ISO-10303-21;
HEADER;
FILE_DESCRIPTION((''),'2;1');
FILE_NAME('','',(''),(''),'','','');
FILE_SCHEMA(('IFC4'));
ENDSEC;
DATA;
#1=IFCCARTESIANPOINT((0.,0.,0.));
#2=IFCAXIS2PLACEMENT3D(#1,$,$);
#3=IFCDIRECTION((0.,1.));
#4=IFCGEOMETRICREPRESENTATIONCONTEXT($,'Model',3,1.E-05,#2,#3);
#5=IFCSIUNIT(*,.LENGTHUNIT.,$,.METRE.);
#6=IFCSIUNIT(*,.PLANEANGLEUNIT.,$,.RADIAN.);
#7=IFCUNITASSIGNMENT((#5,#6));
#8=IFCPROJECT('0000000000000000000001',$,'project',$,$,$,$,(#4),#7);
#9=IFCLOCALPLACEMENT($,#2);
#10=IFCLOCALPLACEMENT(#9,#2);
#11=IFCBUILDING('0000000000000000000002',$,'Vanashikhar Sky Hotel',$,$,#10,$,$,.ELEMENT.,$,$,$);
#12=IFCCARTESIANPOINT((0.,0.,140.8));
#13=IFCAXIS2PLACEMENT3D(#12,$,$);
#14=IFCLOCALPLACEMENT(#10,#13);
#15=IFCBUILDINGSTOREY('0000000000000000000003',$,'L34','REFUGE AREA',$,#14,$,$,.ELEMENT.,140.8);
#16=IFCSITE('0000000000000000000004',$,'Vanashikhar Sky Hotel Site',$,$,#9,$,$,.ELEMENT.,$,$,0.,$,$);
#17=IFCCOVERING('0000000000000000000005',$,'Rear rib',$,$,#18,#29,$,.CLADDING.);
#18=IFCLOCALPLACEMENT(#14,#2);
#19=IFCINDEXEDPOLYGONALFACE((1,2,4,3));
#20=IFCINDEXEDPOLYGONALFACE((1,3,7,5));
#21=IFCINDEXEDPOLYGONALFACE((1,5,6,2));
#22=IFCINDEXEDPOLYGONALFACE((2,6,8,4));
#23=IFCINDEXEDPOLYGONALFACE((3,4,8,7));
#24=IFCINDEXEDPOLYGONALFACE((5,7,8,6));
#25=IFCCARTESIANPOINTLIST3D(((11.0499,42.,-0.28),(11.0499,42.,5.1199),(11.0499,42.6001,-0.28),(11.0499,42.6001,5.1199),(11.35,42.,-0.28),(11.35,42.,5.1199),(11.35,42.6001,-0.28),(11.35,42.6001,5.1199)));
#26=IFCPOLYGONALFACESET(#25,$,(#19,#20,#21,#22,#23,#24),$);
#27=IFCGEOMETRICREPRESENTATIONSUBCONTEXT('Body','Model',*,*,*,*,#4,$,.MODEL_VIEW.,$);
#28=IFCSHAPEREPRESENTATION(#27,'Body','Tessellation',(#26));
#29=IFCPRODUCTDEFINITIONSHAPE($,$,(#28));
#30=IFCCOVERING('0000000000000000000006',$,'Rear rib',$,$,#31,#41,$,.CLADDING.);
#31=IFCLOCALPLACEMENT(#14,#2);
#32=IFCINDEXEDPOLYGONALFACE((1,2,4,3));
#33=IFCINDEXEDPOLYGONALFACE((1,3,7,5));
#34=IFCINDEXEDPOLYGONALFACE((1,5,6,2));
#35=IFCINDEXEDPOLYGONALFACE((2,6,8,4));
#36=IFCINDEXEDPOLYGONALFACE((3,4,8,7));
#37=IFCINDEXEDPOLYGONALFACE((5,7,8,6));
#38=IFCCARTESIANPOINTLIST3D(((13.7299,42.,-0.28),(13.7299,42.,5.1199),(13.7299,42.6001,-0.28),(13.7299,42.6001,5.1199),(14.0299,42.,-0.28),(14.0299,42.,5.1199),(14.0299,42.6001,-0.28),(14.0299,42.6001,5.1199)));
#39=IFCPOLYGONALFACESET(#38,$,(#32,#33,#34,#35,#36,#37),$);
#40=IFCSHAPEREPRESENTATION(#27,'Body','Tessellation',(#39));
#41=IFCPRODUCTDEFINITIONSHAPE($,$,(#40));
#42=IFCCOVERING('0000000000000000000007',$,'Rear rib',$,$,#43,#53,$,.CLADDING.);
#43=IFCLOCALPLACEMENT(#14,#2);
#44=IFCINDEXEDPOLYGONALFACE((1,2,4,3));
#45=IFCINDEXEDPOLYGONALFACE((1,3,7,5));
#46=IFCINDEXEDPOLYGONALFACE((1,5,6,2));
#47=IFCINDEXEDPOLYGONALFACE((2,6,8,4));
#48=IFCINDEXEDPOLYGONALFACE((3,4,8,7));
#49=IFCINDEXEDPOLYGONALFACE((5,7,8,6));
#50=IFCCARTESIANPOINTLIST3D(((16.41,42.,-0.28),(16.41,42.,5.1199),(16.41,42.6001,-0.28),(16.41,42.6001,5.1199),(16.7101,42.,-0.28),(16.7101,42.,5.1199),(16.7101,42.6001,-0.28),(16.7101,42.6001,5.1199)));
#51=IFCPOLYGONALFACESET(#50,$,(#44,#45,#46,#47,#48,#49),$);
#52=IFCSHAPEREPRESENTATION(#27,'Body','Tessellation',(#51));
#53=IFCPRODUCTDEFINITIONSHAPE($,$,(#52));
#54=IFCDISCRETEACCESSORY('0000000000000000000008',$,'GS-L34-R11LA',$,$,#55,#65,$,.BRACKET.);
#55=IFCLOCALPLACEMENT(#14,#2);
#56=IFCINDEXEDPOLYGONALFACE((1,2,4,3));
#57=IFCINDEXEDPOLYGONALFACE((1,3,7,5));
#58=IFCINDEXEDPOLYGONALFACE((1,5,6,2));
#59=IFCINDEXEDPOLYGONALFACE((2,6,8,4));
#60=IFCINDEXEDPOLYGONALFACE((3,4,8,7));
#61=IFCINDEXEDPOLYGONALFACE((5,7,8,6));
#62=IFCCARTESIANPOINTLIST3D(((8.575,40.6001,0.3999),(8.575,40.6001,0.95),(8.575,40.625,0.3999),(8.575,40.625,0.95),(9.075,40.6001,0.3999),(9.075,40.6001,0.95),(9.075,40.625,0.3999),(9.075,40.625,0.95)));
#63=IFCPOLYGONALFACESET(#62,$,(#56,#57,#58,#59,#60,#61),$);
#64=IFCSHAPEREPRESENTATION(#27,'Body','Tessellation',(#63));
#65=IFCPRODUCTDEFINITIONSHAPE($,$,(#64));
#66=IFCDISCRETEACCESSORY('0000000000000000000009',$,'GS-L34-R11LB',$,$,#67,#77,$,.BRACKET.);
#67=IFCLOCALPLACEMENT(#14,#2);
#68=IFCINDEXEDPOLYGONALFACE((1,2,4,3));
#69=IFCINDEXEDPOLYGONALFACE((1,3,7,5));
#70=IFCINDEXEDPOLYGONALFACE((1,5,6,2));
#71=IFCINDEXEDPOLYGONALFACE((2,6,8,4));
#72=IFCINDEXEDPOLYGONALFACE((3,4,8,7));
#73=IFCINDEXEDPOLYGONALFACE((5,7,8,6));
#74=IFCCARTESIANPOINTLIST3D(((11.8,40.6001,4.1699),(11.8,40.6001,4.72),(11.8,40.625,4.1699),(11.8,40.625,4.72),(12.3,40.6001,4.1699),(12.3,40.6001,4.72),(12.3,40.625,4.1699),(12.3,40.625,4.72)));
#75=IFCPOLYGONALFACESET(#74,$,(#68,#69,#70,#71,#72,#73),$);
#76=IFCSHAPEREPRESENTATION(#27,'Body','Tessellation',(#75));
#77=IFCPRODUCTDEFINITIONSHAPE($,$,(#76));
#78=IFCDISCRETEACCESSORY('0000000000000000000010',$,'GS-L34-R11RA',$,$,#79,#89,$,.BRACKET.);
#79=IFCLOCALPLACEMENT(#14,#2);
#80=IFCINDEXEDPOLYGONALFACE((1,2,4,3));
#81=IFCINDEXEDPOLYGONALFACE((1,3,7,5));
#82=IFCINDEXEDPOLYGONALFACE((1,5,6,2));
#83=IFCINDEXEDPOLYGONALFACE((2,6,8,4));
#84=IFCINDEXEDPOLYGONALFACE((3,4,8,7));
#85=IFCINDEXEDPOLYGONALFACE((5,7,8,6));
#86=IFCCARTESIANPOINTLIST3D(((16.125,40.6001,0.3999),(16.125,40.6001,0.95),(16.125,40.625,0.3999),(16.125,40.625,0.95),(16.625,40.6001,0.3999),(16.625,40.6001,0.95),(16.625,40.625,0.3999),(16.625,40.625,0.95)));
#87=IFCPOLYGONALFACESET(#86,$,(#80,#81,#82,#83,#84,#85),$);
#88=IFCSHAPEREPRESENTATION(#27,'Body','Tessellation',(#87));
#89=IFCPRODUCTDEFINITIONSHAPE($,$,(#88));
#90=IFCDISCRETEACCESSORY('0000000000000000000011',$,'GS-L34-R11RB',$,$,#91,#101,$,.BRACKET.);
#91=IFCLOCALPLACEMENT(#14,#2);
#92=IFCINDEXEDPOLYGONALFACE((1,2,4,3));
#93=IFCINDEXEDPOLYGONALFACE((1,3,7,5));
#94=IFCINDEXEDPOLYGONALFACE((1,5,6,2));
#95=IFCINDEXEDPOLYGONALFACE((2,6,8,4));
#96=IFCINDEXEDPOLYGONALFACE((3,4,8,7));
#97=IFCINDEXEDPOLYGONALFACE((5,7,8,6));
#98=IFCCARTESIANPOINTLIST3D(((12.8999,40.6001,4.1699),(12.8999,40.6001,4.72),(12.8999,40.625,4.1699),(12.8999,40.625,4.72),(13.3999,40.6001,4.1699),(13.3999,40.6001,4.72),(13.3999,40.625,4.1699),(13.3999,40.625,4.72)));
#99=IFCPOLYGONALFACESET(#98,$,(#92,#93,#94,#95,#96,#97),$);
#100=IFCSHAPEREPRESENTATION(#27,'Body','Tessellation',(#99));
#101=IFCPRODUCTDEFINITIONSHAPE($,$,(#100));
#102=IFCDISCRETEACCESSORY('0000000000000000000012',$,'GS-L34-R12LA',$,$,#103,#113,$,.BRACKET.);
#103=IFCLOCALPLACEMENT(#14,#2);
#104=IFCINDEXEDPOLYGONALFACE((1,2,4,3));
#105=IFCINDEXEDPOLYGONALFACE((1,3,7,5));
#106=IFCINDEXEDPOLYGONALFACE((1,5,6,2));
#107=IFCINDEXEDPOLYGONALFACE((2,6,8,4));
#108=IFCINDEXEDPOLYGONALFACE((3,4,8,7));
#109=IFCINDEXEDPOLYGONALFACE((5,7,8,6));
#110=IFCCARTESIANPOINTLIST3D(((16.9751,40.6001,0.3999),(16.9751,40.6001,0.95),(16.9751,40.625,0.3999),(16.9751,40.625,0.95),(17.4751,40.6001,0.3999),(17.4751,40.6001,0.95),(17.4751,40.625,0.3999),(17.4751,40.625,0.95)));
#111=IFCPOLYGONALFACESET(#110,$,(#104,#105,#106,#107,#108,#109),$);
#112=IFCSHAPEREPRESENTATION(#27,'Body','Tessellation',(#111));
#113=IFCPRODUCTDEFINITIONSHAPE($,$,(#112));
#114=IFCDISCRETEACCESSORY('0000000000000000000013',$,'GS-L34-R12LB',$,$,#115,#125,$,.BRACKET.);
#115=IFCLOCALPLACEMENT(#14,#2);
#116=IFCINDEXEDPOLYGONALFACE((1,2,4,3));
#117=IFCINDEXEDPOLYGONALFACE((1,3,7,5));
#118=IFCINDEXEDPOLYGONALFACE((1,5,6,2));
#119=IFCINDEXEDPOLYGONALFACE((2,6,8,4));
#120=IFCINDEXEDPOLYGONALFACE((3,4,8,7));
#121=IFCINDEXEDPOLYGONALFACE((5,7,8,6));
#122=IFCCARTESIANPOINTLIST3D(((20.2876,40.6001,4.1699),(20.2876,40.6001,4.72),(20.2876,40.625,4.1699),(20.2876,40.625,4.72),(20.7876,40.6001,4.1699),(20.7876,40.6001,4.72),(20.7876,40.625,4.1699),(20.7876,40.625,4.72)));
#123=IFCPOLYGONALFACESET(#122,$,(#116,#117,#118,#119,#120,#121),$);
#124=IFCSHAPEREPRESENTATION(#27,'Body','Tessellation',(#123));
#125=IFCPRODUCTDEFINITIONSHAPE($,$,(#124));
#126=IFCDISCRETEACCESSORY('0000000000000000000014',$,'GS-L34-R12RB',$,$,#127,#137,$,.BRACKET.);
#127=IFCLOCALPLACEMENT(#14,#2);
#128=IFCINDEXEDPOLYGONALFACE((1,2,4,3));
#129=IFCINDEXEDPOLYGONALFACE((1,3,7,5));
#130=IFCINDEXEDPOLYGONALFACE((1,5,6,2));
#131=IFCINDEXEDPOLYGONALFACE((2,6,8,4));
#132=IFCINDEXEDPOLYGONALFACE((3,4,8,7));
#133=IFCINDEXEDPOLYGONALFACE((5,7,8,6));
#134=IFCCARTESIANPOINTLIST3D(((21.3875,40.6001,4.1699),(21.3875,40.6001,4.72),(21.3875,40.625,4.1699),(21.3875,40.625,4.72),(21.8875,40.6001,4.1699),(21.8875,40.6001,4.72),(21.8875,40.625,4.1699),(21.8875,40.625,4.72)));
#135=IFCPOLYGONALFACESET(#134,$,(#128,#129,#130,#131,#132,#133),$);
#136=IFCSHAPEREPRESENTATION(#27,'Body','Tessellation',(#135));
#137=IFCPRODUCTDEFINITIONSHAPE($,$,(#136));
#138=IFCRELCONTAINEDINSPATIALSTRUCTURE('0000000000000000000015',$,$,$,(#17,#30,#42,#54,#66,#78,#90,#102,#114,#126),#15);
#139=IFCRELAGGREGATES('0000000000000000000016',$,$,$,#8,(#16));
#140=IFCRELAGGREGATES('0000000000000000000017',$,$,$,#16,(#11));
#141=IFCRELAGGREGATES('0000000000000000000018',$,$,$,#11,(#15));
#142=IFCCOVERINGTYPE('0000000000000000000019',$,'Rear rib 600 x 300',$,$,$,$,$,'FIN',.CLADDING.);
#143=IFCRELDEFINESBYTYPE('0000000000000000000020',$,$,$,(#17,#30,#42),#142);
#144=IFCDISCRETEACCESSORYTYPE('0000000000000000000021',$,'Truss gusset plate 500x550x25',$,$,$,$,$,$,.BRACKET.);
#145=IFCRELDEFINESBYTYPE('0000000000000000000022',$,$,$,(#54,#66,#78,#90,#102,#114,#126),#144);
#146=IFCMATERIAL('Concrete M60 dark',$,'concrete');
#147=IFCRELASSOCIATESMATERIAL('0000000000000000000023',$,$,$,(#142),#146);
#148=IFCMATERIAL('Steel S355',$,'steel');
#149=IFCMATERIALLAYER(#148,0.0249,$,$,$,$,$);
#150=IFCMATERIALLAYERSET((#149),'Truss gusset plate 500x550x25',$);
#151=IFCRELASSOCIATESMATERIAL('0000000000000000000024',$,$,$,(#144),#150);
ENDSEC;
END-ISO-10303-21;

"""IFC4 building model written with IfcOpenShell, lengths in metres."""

from ifc_helpers import new_model, si_unit, direction, frame, origin, origin_2d, place, context, subcontext, project, spatial, rectangle, extrude, source, transform, mapped, material, layer, layer_set, material_profile, profile_set, type_object, element, save


model = new_model("IFC4")

# Units and contexts
model_context = context("Model", 3, precision=1e-05, world=origin(), true_north=direction((0.0, 1.0)))
body_context = subcontext(model_context, "Body", "Model", "MODEL_VIEW")
ifc_project = project(units=[si_unit("LENGTHUNIT", "METRE"), si_unit("PLANEANGLEUNIT", "RADIAN")], contexts=[model_context])

# Site, building, storey
site_placement = place(None, origin())
site = spatial("IfcSite", under=ifc_project, at=site_placement, Name="Vanashikhar Sky Hotel Site", CompositionType="ELEMENT", RefElevation=0.0)
building_placement = place(site_placement, origin())
building = spatial("IfcBuilding", under=site, at=building_placement, Name="Vanashikhar Sky Hotel", CompositionType="ELEMENT")
storey_placement = place(building_placement, frame((0.0, 0.0, 140.8)))
storey = spatial("IfcBuildingStorey", under=building, at=storey_placement, Name="L34", Description="REFUGE AREA", CompositionType="ELEMENT", Elevation=140.8)

# Shared definitions
ifc_material_1 = material(Name="Steel S355", Category="steel")

# Coverings
ifc_material_2 = material(Name="Concrete M60 dark", Category="concrete")
ifc_material_profile_1 = material_profile(ifc_material_2, rectangle(XDim=0.6001, YDim=0.3, at=origin_2d()))
ifc_profile_set_1 = profile_set([ifc_material_profile_1], Name="Rear rib 600 x 300")
covering_type_1 = type_object("IfcCoveringType", Name="Rear rib 600 x 300", ElementType="FIN", PredefinedType="CLADDING", material=ifc_profile_set_1)
shared_shape_1 = source(origin(), body_context, "Body", "SweptSolid", [
    extrude(rectangle(XDim=0.6001, YDim=0.3, at=origin_2d()), origin(), (0.0, 0.0, 1.0), 5.3999),
])
for number, where, z_axis, x_axis, name in (
    (1, (11.2, 42.3, -0.28), (0.0, 0.0, 1.0), (0.0, 1.0, 0.0), "Rear rib"),
    (2, (13.8799, 42.3, -0.28), (0.0, 0.0, 1.0), (0.0, 1.0, 0.0), "Rear rib"),
    (3, (16.5601, 42.3, -0.28), (0.0, 0.0, 1.0), (0.0, 1.0, 0.0), "Rear rib"),
):
    element("IfcCovering", number, at=place(storey_placement, frame(where, z_axis=z_axis, x_axis=x_axis)), inside=storey, type_object=covering_type_1, Name=name, PredefinedType="CLADDING", context=body_context, shape_type="MappedRepresentation", body=[
        mapped(shared_shape_1, transform((0.0, 0.0, 0.0), scale=1.0)),
    ])

# Discrete accessories
ifc_layer_1 = layer(ifc_material_1, 0.0249)
ifc_layer_set_1 = layer_set([ifc_layer_1], Name="Truss gusset plate 500x550x25")
discrete_accessory_type = type_object("IfcDiscreteAccessoryType", Name="Truss gusset plate 500x550x25", PredefinedType="BRACKET", material=ifc_layer_set_1)
shared_shape_2 = source(origin(), body_context, "Body", "SweptSolid", [
    extrude(rectangle(XDim=0.5, YDim=0.0249, at=origin_2d()), origin(), (0.0, 0.0, 1.0), 0.55),
])
for number, where, z_axis, x_axis, name in (
    (4, (8.825, 40.6125, 0.3999), (0.0, 0.0, 1.0), (1.0, 0.0, 0.0), "GS-L34-R11LA"),
    (5, (12.05, 40.6125, 4.1699), (0.0, 0.0, 1.0), (1.0, 0.0, 0.0), "GS-L34-R11LB"),
    (6, (16.375, 40.6125, 0.3999), (0.0, 0.0, 1.0), (1.0, 0.0, 0.0), "GS-L34-R11RA"),
    (7, (13.1499, 40.6125, 4.1699), (0.0, 0.0, 1.0), (1.0, 0.0, 0.0), "GS-L34-R11RB"),
    (8, (17.2251, 40.6125, 0.3999), (0.0, 0.0, 1.0), (1.0, 0.0, 0.0), "GS-L34-R12LA"),
    (9, (20.5376, 40.6125, 4.1699), (0.0, 0.0, 1.0), (1.0, 0.0, 0.0), "GS-L34-R12LB"),
    (10, (21.6375, 40.6125, 4.1699), (0.0, 0.0, 1.0), (1.0, 0.0, 0.0), "GS-L34-R12RB"),
):
    element("IfcDiscreteAccessory", number, at=place(storey_placement, frame(where, z_axis=z_axis, x_axis=x_axis)), inside=storey, type_object=discrete_accessory_type, Name=name, PredefinedType="BRACKET", context=body_context, shape_type="MappedRepresentation", body=[
        mapped(shared_shape_2, transform((0.0, 0.0, 0.0), scale=1.0)),
    ])

save(model, "model.ifc")
